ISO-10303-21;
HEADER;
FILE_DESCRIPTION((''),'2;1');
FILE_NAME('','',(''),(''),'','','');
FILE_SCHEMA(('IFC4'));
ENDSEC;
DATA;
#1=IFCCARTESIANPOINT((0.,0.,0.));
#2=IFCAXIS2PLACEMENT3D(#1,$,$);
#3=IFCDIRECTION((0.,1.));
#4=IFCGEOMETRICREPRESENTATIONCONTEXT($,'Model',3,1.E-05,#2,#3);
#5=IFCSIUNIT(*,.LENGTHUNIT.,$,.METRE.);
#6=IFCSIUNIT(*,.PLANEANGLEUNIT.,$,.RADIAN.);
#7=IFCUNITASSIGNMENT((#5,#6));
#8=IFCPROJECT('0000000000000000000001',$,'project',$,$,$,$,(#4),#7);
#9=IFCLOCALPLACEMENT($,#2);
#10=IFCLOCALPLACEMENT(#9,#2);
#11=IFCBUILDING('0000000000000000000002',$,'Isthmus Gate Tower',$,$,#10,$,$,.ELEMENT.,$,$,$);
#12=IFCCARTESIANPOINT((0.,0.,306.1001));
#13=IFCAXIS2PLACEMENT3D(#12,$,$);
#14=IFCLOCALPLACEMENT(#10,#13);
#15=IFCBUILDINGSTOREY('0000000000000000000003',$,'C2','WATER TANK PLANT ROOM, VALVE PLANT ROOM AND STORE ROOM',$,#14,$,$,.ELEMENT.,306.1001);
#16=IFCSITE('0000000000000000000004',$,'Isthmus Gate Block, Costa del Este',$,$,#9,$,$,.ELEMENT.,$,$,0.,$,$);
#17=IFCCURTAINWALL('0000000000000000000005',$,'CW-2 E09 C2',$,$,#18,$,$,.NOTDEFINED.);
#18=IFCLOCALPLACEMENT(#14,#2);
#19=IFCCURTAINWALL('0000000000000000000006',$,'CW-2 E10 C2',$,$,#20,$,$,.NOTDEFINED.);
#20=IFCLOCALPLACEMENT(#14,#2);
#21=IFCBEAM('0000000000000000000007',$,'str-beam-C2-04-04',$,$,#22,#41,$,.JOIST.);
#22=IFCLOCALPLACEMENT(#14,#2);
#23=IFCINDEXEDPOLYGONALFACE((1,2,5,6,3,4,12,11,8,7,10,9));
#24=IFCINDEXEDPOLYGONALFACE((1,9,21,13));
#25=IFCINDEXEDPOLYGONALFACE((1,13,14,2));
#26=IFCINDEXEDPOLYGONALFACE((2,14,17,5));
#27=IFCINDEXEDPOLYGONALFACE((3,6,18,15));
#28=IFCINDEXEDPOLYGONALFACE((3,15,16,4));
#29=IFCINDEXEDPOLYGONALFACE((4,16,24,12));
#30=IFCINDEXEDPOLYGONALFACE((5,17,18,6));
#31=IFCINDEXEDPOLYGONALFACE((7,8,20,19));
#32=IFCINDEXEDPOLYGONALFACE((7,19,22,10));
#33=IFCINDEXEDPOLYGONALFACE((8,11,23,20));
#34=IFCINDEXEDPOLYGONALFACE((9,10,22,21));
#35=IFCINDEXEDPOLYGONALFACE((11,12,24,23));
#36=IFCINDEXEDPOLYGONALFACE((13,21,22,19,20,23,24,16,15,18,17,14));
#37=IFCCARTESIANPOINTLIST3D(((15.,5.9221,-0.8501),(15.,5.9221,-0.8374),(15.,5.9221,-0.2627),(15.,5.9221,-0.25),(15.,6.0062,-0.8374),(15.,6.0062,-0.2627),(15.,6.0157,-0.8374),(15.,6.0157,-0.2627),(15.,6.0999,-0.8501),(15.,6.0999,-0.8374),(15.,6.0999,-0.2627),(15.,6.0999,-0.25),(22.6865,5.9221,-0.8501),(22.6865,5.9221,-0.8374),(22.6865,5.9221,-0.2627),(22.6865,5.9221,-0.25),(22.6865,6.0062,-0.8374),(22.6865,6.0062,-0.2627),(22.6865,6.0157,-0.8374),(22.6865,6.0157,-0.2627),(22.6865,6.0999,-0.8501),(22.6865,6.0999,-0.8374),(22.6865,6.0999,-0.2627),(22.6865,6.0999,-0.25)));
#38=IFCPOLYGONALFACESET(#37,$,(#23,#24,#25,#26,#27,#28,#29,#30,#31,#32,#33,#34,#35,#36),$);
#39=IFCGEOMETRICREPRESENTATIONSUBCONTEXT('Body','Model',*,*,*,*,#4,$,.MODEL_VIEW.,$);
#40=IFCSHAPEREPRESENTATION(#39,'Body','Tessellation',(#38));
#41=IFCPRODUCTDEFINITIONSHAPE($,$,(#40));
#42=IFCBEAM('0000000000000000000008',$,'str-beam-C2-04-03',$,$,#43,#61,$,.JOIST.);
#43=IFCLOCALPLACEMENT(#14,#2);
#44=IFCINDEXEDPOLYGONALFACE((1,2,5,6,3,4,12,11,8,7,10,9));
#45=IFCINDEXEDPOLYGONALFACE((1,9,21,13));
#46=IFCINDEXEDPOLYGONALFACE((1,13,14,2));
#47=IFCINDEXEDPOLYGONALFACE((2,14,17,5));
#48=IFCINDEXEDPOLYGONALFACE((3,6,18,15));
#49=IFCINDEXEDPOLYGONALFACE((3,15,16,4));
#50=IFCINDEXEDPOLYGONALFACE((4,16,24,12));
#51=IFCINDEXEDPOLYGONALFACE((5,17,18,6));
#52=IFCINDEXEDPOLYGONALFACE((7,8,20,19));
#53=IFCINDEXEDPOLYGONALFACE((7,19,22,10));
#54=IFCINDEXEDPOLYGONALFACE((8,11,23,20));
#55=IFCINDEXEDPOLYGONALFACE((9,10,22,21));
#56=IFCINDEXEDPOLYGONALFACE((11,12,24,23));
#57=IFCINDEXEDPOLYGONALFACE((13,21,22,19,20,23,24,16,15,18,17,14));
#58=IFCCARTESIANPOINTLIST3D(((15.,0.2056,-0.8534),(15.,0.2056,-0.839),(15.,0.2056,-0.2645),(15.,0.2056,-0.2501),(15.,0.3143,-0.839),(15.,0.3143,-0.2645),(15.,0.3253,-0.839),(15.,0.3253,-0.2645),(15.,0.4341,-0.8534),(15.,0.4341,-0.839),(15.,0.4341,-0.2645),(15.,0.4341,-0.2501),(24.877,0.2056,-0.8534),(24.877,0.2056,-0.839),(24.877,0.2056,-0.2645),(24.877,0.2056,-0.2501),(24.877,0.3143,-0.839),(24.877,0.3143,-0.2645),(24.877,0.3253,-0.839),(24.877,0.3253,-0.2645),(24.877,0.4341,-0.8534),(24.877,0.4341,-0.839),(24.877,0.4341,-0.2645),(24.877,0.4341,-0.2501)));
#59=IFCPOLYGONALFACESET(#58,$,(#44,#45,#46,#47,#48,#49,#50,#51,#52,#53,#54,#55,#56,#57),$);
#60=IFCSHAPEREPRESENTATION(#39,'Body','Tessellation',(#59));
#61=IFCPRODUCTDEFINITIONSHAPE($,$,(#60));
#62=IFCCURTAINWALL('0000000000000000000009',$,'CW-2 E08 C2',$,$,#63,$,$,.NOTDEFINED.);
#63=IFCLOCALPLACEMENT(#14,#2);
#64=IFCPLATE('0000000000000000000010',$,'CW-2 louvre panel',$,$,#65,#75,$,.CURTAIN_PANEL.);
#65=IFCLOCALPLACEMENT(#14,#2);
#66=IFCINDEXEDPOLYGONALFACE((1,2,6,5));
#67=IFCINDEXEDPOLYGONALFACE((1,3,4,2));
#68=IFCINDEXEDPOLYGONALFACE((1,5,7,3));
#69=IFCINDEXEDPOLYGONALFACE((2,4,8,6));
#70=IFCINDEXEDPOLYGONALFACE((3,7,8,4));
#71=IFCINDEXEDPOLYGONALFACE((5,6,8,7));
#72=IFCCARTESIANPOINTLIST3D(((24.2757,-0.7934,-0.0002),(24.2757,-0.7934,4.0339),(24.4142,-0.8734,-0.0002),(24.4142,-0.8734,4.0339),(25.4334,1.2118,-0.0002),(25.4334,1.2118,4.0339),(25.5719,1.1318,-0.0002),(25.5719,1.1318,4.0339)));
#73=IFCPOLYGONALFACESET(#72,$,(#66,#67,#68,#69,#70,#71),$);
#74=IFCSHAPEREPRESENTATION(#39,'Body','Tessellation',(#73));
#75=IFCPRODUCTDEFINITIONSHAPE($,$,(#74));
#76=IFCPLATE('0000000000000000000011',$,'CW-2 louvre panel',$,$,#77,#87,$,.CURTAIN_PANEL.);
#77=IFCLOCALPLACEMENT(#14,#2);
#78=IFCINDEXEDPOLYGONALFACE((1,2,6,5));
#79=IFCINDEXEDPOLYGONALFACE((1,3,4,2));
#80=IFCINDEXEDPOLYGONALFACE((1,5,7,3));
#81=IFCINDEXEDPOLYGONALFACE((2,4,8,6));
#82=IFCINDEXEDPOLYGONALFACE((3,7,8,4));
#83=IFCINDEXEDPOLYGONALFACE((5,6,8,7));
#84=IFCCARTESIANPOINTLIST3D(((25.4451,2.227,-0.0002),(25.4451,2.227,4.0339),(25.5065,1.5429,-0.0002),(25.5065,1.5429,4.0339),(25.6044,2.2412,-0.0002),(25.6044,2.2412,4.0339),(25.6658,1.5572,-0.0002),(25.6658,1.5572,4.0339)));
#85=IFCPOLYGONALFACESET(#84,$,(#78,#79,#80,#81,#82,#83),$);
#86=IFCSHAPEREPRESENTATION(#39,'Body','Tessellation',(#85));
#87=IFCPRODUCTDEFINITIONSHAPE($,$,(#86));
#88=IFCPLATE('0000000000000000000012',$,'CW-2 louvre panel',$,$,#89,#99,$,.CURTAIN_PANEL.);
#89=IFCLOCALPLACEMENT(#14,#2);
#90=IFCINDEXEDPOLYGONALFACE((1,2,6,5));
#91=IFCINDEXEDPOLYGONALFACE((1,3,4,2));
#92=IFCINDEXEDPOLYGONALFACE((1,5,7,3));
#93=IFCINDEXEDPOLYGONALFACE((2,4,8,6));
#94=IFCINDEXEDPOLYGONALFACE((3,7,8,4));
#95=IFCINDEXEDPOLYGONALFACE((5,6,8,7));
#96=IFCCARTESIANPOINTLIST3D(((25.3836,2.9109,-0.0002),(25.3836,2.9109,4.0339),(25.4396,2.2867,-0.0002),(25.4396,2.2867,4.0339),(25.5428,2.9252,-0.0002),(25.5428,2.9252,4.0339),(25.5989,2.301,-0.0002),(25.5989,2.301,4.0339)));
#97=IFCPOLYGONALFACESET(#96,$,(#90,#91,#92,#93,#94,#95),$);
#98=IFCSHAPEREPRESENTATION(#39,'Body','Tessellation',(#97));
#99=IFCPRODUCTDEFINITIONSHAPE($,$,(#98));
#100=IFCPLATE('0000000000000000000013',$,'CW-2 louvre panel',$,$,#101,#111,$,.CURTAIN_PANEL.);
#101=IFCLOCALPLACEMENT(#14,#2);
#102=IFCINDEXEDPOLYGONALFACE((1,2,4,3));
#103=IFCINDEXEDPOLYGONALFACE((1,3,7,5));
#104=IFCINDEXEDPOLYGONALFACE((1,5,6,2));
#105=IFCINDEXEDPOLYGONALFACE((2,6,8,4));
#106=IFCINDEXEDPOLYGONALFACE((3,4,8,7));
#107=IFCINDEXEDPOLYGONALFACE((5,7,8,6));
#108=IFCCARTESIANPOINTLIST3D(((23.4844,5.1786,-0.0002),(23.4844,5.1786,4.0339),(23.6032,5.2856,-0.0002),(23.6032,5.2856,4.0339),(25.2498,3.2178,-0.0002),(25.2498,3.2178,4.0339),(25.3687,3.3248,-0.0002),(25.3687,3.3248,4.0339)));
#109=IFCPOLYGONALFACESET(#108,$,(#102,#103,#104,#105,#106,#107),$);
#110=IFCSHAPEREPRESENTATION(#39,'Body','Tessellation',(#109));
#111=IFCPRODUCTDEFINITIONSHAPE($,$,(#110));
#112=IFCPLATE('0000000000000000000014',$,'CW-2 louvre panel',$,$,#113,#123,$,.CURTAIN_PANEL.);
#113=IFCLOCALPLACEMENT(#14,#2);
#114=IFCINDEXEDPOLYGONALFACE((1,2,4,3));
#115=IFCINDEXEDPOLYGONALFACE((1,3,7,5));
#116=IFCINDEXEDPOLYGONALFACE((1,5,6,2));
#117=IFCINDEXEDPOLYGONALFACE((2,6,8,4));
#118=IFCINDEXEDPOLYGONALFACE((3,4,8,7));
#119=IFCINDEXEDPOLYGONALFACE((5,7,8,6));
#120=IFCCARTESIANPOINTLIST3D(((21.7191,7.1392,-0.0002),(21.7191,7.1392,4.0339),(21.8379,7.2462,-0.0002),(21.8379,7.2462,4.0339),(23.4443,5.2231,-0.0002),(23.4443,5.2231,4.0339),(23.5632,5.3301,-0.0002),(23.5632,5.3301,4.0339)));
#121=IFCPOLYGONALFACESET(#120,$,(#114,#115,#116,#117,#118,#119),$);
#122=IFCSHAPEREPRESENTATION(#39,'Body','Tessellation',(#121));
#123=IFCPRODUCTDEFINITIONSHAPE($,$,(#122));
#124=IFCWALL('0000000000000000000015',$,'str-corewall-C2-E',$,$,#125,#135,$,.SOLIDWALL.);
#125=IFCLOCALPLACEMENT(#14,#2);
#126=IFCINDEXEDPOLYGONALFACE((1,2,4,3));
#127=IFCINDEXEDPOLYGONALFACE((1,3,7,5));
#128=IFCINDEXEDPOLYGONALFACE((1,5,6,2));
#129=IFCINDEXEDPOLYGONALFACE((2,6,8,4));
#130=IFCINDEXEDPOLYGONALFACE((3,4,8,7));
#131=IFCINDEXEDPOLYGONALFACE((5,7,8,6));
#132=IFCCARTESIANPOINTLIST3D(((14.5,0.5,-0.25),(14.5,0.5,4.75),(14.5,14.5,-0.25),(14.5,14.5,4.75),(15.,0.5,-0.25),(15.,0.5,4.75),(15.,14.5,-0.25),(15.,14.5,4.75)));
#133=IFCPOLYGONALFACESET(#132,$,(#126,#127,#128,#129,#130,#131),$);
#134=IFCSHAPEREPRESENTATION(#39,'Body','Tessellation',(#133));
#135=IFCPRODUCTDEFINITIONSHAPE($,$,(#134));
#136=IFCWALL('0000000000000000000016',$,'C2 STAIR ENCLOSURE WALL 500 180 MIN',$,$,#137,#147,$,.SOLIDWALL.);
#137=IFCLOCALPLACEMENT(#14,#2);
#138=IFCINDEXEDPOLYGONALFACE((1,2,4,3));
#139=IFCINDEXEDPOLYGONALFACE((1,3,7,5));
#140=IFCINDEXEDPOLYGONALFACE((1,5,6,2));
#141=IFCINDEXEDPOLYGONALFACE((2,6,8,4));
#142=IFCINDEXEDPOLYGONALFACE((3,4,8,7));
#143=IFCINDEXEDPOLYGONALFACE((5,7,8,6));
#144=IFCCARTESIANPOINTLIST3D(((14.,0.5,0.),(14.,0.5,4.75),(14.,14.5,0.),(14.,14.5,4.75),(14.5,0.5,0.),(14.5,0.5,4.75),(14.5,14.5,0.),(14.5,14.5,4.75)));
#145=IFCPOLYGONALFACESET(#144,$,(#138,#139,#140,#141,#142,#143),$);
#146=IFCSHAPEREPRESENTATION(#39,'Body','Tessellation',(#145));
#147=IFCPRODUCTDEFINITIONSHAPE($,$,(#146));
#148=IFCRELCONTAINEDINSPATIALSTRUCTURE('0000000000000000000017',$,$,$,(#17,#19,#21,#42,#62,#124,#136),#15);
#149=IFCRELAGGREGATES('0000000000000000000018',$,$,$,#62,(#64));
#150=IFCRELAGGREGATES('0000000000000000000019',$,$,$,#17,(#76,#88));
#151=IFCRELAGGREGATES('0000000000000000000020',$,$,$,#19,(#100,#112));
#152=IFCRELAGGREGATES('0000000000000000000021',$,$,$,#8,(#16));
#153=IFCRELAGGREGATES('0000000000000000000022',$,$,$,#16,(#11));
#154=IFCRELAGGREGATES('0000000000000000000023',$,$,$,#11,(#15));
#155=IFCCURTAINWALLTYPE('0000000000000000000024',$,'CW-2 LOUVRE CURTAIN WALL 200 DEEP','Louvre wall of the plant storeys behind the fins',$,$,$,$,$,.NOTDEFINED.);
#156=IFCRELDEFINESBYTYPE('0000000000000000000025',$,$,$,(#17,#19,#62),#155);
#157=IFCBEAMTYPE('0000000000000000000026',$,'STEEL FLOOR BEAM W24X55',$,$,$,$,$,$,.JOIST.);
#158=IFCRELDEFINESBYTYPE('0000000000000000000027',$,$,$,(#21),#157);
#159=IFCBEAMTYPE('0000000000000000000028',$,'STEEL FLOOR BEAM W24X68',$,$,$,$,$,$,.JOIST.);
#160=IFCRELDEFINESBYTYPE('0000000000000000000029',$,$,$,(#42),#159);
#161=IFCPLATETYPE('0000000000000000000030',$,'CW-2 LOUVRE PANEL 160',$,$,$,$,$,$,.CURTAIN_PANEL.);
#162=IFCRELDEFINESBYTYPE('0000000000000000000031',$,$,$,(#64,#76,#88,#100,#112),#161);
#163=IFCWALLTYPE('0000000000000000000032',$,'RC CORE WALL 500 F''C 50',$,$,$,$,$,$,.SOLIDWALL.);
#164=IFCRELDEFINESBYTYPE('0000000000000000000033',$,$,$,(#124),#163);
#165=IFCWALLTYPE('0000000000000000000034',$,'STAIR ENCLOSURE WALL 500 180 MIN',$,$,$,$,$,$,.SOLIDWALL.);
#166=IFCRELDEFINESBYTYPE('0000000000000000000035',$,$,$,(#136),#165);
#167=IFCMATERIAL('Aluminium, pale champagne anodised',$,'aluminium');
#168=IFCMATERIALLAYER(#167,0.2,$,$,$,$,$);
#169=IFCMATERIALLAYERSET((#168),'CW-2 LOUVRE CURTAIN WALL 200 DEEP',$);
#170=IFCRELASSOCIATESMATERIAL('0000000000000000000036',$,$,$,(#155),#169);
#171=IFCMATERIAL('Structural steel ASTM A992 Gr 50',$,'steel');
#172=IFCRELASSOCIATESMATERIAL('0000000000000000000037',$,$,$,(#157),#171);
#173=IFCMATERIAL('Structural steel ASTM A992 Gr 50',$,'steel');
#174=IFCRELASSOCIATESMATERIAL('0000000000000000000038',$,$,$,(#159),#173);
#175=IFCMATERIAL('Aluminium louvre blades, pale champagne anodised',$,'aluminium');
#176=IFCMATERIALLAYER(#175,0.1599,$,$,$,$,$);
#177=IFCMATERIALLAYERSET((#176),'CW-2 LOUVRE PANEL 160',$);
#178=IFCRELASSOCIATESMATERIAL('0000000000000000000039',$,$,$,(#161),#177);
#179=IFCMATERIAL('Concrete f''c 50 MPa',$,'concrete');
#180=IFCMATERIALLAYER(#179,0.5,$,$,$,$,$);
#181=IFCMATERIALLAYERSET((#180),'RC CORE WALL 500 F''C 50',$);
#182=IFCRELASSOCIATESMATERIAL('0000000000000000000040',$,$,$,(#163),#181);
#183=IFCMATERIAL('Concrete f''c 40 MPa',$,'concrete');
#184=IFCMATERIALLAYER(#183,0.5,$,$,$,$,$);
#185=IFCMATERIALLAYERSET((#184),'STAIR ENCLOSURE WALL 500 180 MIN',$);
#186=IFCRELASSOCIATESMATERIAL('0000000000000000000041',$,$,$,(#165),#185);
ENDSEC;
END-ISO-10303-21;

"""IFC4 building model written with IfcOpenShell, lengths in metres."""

from ifc_helpers import new_model, si_unit, direction, frame, frame_2d, origin, origin_2d, place, context, subcontext, project, spatial, rectangle, i_section, extrude, material, layer, layer_set, material_profile, profile_set, type_object, element, aggregate, save


model = new_model("IFC4")

# Units and contexts
model_context = context("Model", 3, precision=1e-05, world=origin(), true_north=direction((0.0, 1.0)))
body_context = subcontext(model_context, "Body", "Model", "MODEL_VIEW")
ifc_project = project(units=[si_unit("LENGTHUNIT", "METRE"), si_unit("PLANEANGLEUNIT", "RADIAN")], contexts=[model_context])

# Site, building, storey
site_placement = place(None, origin())
site = spatial("IfcSite", under=ifc_project, at=site_placement, Name="Isthmus Gate Block, Costa del Este", CompositionType="ELEMENT", RefElevation=0.0)
building_placement = place(site_placement, origin())
building = spatial("IfcBuilding", under=site, at=building_placement, Name="Isthmus Gate Tower", CompositionType="ELEMENT")
storey_placement = place(building_placement, frame((0.0, 0.0, 306.1001)))
storey = spatial("IfcBuildingStorey", under=building, at=storey_placement, Name="C2", Description="WATER TANK PLANT ROOM, VALVE PLANT ROOM AND STORE ROOM", CompositionType="ELEMENT", Elevation=306.1001)

# Curtain walls
ifc_material_1 = material(Name="Aluminium, pale champagne anodised", Category="aluminium")
ifc_layer_1 = layer(ifc_material_1, 0.2)
ifc_layer_set_1 = layer_set([ifc_layer_1], Name="CW-2 LOUVRE CURTAIN WALL 200 DEEP")
curtain_wall_type = type_object("IfcCurtainWallType", Name="CW-2 LOUVRE CURTAIN WALL 200 DEEP", Description="Louvre wall of the plant storeys behind the fins", PredefinedType="NOTDEFINED", material=ifc_layer_set_1)
curtain_wall_1_placement = place(storey_placement, origin())
curtain_wall_1 = element("IfcCurtainWall", 1, at=curtain_wall_1_placement, inside=storey, type_object=curtain_wall_type, Name="CW-2 E09 C2", PredefinedType="NOTDEFINED")
curtain_wall_2_placement = place(storey_placement, origin())
curtain_wall_2 = element("IfcCurtainWall", 2, at=curtain_wall_2_placement, inside=storey, type_object=curtain_wall_type, Name="CW-2 E10 C2", PredefinedType="NOTDEFINED")

# Beams
ifc_material_2 = material(Name="Structural steel ASTM A992 Gr 50", Category="steel")
ifc_material_profile_1 = material_profile(ifc_material_2, i_section(OverallWidth=0.1777, OverallDepth=0.6001, WebThickness=0.0095, FlangeThickness=0.0127, at=origin_2d()), Name="W24X55")
ifc_profile_set_1 = profile_set([ifc_material_profile_1], Name="Structural steel ASTM A992 Gr 50")
beam_type_1 = type_object("IfcBeamType", Name="STEEL FLOOR BEAM W24X55", PredefinedType="JOIST", material=ifc_profile_set_1)
beam_1_placement = place(storey_placement, frame((15.0, 6.011, -0.55), z_axis=(1.0, 0.0, 0.0), x_axis=(0.0, 1.0, 0.0)))
element("IfcBeam", 3, at=beam_1_placement, inside=storey, type_object=beam_type_1, Name="str-beam-C2-04-04", PredefinedType="JOIST", context=body_context, shape_type="SweptSolid", body=[
    extrude(i_section(OverallWidth=0.1777, OverallDepth=0.6001, WebThickness=0.0095, FlangeThickness=0.0127, at=origin_2d()), origin(), (0.0, 0.0, 1.0), 7.6865),
])
ifc_material_3 = material(Name="Structural steel ASTM A992 Gr 50", Category="steel")
ifc_material_profile_2 = material_profile(ifc_material_3, i_section(OverallWidth=0.2285, OverallDepth=0.6033, WebThickness=0.011, FlangeThickness=0.0144, at=origin_2d()), Name="W24X68")
ifc_profile_set_2 = profile_set([ifc_material_profile_2], Name="Structural steel ASTM A992 Gr 50")
beam_type_2 = type_object("IfcBeamType", Name="STEEL FLOOR BEAM W24X68", PredefinedType="JOIST", material=ifc_profile_set_2)
beam_2_placement = place(storey_placement, frame((15.0, 0.3198, -0.5518), z_axis=(1.0, 0.0, 0.0), x_axis=(0.0, 1.0, 0.0)))
element("IfcBeam", 4, at=beam_2_placement, inside=storey, type_object=beam_type_2, Name="str-beam-C2-04-03", PredefinedType="JOIST", context=body_context, shape_type="SweptSolid", body=[
    extrude(i_section(OverallWidth=0.2285, OverallDepth=0.6033, WebThickness=0.011, FlangeThickness=0.0144, at=origin_2d()), origin(), (0.0, 0.0, 1.0), 9.877),
])

# Curtain wall, plate
curtain_wall_3_placement = place(storey_placement, origin())
curtain_wall_3 = element("IfcCurtainWall", 5, at=curtain_wall_3_placement, inside=storey, type_object=curtain_wall_type, Name="CW-2 E08 C2", PredefinedType="NOTDEFINED")
ifc_material_4 = material(Name="Aluminium louvre blades, pale champagne anodised", Category="aluminium")
ifc_layer_2 = layer(ifc_material_4, 0.1599)
ifc_layer_set_2 = layer_set([ifc_layer_2], Name="CW-2 LOUVRE PANEL 160")
plate_type = type_object("IfcPlateType", Name="CW-2 LOUVRE PANEL 160", PredefinedType="CURTAIN_PANEL", material=ifc_layer_set_2)
plate_1_placement = place(storey_placement, frame((24.9238, 0.1692, -0.0002), z_axis=(0.0, 0.0, 1.0), x_axis=(0.5, 0.866025, 0.0)))
plate_1 = element("IfcPlate", 6, at=plate_1_placement, type_object=plate_type, Name="CW-2 louvre panel", PredefinedType="CURTAIN_PANEL", context=body_context, shape_type="SweptSolid", body=[
    extrude(rectangle(XDim=2.3154, YDim=0.1599, at=origin_2d()), origin(), (0.0, 0.0, 1.0), 4.0342),
])
aggregate(curtain_wall_3, [plate_1])

# Plates
plate_2_placement = place(storey_placement, frame((25.5554, 1.8921, -0.0002), z_axis=(0.0, 0.0, 1.0), x_axis=(-0.089397, 0.995996, 0.0)))
plate_2 = element("IfcPlate", 7, at=plate_2_placement, type_object=plate_type, Name="CW-2 louvre panel", PredefinedType="CURTAIN_PANEL", context=body_context, shape_type="SweptSolid", body=[
    extrude(rectangle(XDim=0.6868, YDim=0.1599, at=origin_2d()), origin(), (0.0, 0.0, 1.0), 4.0342),
])
plate_3_placement = place(storey_placement, frame((25.4912, 2.606, -0.0002), z_axis=(0.0, 0.0, 1.0), x_axis=(-0.089397, 0.995996, 0.0)))
plate_3 = element("IfcPlate", 8, at=plate_3_placement, type_object=plate_type, Name="CW-2 louvre panel", PredefinedType="CURTAIN_PANEL", context=body_context, shape_type="SweptSolid", body=[
    extrude(rectangle(XDim=0.6267, YDim=0.1599, at=origin_2d()), origin(), (0.0, 0.0, 1.0), 4.0342),
])
aggregate(curtain_wall_1, [plate_2, plate_3])
plate_4_placement = place(storey_placement, frame((24.4265, 4.2517, -0.0002), z_axis=(0.0, 0.0, 1.0), x_axis=(-0.669131, 0.743145, 0.0)))
plate_4 = element("IfcPlate", 9, at=plate_4_placement, type_object=plate_type, Name="CW-2 louvre panel", PredefinedType="CURTAIN_PANEL", context=body_context, shape_type="SweptSolid", body=[
    extrude(rectangle(XDim=2.6384, YDim=0.1599, at=origin_2d()), origin(), (0.0, 0.0, 1.0), 4.0342),
])
plate_5_placement = place(storey_placement, frame((22.6411, 6.2346, -0.0002), z_axis=(0.0, 0.0, 1.0), x_axis=(-0.669131, 0.743145, 0.0)))
plate_5 = element("IfcPlate", 10, at=plate_5_placement, type_object=plate_type, Name="CW-2 louvre panel", PredefinedType="CURTAIN_PANEL", context=body_context, shape_type="SweptSolid", body=[
    extrude(rectangle(XDim=2.5784, YDim=0.1599, at=origin_2d()), origin(), (0.0, 0.0, 1.0), 4.0342),
])
aggregate(curtain_wall_2, [plate_4, plate_5])

# Walls
ifc_material_5 = material(Name="Concrete f'c 50 MPa", Category="concrete")
ifc_layer_3 = layer(ifc_material_5, 0.5)
ifc_layer_set_3 = layer_set([ifc_layer_3], Name="RC CORE WALL 500 F'C 50")
wall_type_1 = type_object("IfcWallType", Name="RC CORE WALL 500 F'C 50", PredefinedType="SOLIDWALL", material=ifc_layer_set_3)
wall_1_placement = place(storey_placement, frame((14.75, 0.5, -0.25), z_axis=(0.0, 0.0, 1.0), x_axis=(0.0, 1.0, 0.0)))
element("IfcWall", 11, at=wall_1_placement, inside=storey, type_object=wall_type_1, Name="str-corewall-C2-E", PredefinedType="SOLIDWALL", context=body_context, shape_type="SweptSolid", body=[
    extrude(rectangle(XDim=14.0, YDim=0.5, at=frame_2d((7.0, 0.0))), origin(), (0.0, 0.0, 1.0), 5.0),
])
ifc_material_6 = material(Name="Concrete f'c 40 MPa", Category="concrete")
ifc_layer_4 = layer(ifc_material_6, 0.5)
ifc_layer_set_4 = layer_set([ifc_layer_4], Name="STAIR ENCLOSURE WALL 500 180 MIN")
wall_type_2 = type_object("IfcWallType", Name="STAIR ENCLOSURE WALL 500 180 MIN", PredefinedType="SOLIDWALL", material=ifc_layer_set_4)
wall_2_placement = place(storey_placement, frame((14.25, 0.5, 0.0), z_axis=(0.0, 0.0, 1.0), x_axis=(0.0, 1.0, 0.0)))
element("IfcWall", 12, at=wall_2_placement, inside=storey, type_object=wall_type_2, Name="C2 STAIR ENCLOSURE WALL 500 180 MIN", PredefinedType="SOLIDWALL", context=body_context, shape_type="SweptSolid", body=[
    extrude(rectangle(XDim=14.0, YDim=0.5, at=frame_2d((7.0, 0.0))), origin(), (0.0, 0.0, 1.0), 4.75),
])

save(model, "model.ifc")
